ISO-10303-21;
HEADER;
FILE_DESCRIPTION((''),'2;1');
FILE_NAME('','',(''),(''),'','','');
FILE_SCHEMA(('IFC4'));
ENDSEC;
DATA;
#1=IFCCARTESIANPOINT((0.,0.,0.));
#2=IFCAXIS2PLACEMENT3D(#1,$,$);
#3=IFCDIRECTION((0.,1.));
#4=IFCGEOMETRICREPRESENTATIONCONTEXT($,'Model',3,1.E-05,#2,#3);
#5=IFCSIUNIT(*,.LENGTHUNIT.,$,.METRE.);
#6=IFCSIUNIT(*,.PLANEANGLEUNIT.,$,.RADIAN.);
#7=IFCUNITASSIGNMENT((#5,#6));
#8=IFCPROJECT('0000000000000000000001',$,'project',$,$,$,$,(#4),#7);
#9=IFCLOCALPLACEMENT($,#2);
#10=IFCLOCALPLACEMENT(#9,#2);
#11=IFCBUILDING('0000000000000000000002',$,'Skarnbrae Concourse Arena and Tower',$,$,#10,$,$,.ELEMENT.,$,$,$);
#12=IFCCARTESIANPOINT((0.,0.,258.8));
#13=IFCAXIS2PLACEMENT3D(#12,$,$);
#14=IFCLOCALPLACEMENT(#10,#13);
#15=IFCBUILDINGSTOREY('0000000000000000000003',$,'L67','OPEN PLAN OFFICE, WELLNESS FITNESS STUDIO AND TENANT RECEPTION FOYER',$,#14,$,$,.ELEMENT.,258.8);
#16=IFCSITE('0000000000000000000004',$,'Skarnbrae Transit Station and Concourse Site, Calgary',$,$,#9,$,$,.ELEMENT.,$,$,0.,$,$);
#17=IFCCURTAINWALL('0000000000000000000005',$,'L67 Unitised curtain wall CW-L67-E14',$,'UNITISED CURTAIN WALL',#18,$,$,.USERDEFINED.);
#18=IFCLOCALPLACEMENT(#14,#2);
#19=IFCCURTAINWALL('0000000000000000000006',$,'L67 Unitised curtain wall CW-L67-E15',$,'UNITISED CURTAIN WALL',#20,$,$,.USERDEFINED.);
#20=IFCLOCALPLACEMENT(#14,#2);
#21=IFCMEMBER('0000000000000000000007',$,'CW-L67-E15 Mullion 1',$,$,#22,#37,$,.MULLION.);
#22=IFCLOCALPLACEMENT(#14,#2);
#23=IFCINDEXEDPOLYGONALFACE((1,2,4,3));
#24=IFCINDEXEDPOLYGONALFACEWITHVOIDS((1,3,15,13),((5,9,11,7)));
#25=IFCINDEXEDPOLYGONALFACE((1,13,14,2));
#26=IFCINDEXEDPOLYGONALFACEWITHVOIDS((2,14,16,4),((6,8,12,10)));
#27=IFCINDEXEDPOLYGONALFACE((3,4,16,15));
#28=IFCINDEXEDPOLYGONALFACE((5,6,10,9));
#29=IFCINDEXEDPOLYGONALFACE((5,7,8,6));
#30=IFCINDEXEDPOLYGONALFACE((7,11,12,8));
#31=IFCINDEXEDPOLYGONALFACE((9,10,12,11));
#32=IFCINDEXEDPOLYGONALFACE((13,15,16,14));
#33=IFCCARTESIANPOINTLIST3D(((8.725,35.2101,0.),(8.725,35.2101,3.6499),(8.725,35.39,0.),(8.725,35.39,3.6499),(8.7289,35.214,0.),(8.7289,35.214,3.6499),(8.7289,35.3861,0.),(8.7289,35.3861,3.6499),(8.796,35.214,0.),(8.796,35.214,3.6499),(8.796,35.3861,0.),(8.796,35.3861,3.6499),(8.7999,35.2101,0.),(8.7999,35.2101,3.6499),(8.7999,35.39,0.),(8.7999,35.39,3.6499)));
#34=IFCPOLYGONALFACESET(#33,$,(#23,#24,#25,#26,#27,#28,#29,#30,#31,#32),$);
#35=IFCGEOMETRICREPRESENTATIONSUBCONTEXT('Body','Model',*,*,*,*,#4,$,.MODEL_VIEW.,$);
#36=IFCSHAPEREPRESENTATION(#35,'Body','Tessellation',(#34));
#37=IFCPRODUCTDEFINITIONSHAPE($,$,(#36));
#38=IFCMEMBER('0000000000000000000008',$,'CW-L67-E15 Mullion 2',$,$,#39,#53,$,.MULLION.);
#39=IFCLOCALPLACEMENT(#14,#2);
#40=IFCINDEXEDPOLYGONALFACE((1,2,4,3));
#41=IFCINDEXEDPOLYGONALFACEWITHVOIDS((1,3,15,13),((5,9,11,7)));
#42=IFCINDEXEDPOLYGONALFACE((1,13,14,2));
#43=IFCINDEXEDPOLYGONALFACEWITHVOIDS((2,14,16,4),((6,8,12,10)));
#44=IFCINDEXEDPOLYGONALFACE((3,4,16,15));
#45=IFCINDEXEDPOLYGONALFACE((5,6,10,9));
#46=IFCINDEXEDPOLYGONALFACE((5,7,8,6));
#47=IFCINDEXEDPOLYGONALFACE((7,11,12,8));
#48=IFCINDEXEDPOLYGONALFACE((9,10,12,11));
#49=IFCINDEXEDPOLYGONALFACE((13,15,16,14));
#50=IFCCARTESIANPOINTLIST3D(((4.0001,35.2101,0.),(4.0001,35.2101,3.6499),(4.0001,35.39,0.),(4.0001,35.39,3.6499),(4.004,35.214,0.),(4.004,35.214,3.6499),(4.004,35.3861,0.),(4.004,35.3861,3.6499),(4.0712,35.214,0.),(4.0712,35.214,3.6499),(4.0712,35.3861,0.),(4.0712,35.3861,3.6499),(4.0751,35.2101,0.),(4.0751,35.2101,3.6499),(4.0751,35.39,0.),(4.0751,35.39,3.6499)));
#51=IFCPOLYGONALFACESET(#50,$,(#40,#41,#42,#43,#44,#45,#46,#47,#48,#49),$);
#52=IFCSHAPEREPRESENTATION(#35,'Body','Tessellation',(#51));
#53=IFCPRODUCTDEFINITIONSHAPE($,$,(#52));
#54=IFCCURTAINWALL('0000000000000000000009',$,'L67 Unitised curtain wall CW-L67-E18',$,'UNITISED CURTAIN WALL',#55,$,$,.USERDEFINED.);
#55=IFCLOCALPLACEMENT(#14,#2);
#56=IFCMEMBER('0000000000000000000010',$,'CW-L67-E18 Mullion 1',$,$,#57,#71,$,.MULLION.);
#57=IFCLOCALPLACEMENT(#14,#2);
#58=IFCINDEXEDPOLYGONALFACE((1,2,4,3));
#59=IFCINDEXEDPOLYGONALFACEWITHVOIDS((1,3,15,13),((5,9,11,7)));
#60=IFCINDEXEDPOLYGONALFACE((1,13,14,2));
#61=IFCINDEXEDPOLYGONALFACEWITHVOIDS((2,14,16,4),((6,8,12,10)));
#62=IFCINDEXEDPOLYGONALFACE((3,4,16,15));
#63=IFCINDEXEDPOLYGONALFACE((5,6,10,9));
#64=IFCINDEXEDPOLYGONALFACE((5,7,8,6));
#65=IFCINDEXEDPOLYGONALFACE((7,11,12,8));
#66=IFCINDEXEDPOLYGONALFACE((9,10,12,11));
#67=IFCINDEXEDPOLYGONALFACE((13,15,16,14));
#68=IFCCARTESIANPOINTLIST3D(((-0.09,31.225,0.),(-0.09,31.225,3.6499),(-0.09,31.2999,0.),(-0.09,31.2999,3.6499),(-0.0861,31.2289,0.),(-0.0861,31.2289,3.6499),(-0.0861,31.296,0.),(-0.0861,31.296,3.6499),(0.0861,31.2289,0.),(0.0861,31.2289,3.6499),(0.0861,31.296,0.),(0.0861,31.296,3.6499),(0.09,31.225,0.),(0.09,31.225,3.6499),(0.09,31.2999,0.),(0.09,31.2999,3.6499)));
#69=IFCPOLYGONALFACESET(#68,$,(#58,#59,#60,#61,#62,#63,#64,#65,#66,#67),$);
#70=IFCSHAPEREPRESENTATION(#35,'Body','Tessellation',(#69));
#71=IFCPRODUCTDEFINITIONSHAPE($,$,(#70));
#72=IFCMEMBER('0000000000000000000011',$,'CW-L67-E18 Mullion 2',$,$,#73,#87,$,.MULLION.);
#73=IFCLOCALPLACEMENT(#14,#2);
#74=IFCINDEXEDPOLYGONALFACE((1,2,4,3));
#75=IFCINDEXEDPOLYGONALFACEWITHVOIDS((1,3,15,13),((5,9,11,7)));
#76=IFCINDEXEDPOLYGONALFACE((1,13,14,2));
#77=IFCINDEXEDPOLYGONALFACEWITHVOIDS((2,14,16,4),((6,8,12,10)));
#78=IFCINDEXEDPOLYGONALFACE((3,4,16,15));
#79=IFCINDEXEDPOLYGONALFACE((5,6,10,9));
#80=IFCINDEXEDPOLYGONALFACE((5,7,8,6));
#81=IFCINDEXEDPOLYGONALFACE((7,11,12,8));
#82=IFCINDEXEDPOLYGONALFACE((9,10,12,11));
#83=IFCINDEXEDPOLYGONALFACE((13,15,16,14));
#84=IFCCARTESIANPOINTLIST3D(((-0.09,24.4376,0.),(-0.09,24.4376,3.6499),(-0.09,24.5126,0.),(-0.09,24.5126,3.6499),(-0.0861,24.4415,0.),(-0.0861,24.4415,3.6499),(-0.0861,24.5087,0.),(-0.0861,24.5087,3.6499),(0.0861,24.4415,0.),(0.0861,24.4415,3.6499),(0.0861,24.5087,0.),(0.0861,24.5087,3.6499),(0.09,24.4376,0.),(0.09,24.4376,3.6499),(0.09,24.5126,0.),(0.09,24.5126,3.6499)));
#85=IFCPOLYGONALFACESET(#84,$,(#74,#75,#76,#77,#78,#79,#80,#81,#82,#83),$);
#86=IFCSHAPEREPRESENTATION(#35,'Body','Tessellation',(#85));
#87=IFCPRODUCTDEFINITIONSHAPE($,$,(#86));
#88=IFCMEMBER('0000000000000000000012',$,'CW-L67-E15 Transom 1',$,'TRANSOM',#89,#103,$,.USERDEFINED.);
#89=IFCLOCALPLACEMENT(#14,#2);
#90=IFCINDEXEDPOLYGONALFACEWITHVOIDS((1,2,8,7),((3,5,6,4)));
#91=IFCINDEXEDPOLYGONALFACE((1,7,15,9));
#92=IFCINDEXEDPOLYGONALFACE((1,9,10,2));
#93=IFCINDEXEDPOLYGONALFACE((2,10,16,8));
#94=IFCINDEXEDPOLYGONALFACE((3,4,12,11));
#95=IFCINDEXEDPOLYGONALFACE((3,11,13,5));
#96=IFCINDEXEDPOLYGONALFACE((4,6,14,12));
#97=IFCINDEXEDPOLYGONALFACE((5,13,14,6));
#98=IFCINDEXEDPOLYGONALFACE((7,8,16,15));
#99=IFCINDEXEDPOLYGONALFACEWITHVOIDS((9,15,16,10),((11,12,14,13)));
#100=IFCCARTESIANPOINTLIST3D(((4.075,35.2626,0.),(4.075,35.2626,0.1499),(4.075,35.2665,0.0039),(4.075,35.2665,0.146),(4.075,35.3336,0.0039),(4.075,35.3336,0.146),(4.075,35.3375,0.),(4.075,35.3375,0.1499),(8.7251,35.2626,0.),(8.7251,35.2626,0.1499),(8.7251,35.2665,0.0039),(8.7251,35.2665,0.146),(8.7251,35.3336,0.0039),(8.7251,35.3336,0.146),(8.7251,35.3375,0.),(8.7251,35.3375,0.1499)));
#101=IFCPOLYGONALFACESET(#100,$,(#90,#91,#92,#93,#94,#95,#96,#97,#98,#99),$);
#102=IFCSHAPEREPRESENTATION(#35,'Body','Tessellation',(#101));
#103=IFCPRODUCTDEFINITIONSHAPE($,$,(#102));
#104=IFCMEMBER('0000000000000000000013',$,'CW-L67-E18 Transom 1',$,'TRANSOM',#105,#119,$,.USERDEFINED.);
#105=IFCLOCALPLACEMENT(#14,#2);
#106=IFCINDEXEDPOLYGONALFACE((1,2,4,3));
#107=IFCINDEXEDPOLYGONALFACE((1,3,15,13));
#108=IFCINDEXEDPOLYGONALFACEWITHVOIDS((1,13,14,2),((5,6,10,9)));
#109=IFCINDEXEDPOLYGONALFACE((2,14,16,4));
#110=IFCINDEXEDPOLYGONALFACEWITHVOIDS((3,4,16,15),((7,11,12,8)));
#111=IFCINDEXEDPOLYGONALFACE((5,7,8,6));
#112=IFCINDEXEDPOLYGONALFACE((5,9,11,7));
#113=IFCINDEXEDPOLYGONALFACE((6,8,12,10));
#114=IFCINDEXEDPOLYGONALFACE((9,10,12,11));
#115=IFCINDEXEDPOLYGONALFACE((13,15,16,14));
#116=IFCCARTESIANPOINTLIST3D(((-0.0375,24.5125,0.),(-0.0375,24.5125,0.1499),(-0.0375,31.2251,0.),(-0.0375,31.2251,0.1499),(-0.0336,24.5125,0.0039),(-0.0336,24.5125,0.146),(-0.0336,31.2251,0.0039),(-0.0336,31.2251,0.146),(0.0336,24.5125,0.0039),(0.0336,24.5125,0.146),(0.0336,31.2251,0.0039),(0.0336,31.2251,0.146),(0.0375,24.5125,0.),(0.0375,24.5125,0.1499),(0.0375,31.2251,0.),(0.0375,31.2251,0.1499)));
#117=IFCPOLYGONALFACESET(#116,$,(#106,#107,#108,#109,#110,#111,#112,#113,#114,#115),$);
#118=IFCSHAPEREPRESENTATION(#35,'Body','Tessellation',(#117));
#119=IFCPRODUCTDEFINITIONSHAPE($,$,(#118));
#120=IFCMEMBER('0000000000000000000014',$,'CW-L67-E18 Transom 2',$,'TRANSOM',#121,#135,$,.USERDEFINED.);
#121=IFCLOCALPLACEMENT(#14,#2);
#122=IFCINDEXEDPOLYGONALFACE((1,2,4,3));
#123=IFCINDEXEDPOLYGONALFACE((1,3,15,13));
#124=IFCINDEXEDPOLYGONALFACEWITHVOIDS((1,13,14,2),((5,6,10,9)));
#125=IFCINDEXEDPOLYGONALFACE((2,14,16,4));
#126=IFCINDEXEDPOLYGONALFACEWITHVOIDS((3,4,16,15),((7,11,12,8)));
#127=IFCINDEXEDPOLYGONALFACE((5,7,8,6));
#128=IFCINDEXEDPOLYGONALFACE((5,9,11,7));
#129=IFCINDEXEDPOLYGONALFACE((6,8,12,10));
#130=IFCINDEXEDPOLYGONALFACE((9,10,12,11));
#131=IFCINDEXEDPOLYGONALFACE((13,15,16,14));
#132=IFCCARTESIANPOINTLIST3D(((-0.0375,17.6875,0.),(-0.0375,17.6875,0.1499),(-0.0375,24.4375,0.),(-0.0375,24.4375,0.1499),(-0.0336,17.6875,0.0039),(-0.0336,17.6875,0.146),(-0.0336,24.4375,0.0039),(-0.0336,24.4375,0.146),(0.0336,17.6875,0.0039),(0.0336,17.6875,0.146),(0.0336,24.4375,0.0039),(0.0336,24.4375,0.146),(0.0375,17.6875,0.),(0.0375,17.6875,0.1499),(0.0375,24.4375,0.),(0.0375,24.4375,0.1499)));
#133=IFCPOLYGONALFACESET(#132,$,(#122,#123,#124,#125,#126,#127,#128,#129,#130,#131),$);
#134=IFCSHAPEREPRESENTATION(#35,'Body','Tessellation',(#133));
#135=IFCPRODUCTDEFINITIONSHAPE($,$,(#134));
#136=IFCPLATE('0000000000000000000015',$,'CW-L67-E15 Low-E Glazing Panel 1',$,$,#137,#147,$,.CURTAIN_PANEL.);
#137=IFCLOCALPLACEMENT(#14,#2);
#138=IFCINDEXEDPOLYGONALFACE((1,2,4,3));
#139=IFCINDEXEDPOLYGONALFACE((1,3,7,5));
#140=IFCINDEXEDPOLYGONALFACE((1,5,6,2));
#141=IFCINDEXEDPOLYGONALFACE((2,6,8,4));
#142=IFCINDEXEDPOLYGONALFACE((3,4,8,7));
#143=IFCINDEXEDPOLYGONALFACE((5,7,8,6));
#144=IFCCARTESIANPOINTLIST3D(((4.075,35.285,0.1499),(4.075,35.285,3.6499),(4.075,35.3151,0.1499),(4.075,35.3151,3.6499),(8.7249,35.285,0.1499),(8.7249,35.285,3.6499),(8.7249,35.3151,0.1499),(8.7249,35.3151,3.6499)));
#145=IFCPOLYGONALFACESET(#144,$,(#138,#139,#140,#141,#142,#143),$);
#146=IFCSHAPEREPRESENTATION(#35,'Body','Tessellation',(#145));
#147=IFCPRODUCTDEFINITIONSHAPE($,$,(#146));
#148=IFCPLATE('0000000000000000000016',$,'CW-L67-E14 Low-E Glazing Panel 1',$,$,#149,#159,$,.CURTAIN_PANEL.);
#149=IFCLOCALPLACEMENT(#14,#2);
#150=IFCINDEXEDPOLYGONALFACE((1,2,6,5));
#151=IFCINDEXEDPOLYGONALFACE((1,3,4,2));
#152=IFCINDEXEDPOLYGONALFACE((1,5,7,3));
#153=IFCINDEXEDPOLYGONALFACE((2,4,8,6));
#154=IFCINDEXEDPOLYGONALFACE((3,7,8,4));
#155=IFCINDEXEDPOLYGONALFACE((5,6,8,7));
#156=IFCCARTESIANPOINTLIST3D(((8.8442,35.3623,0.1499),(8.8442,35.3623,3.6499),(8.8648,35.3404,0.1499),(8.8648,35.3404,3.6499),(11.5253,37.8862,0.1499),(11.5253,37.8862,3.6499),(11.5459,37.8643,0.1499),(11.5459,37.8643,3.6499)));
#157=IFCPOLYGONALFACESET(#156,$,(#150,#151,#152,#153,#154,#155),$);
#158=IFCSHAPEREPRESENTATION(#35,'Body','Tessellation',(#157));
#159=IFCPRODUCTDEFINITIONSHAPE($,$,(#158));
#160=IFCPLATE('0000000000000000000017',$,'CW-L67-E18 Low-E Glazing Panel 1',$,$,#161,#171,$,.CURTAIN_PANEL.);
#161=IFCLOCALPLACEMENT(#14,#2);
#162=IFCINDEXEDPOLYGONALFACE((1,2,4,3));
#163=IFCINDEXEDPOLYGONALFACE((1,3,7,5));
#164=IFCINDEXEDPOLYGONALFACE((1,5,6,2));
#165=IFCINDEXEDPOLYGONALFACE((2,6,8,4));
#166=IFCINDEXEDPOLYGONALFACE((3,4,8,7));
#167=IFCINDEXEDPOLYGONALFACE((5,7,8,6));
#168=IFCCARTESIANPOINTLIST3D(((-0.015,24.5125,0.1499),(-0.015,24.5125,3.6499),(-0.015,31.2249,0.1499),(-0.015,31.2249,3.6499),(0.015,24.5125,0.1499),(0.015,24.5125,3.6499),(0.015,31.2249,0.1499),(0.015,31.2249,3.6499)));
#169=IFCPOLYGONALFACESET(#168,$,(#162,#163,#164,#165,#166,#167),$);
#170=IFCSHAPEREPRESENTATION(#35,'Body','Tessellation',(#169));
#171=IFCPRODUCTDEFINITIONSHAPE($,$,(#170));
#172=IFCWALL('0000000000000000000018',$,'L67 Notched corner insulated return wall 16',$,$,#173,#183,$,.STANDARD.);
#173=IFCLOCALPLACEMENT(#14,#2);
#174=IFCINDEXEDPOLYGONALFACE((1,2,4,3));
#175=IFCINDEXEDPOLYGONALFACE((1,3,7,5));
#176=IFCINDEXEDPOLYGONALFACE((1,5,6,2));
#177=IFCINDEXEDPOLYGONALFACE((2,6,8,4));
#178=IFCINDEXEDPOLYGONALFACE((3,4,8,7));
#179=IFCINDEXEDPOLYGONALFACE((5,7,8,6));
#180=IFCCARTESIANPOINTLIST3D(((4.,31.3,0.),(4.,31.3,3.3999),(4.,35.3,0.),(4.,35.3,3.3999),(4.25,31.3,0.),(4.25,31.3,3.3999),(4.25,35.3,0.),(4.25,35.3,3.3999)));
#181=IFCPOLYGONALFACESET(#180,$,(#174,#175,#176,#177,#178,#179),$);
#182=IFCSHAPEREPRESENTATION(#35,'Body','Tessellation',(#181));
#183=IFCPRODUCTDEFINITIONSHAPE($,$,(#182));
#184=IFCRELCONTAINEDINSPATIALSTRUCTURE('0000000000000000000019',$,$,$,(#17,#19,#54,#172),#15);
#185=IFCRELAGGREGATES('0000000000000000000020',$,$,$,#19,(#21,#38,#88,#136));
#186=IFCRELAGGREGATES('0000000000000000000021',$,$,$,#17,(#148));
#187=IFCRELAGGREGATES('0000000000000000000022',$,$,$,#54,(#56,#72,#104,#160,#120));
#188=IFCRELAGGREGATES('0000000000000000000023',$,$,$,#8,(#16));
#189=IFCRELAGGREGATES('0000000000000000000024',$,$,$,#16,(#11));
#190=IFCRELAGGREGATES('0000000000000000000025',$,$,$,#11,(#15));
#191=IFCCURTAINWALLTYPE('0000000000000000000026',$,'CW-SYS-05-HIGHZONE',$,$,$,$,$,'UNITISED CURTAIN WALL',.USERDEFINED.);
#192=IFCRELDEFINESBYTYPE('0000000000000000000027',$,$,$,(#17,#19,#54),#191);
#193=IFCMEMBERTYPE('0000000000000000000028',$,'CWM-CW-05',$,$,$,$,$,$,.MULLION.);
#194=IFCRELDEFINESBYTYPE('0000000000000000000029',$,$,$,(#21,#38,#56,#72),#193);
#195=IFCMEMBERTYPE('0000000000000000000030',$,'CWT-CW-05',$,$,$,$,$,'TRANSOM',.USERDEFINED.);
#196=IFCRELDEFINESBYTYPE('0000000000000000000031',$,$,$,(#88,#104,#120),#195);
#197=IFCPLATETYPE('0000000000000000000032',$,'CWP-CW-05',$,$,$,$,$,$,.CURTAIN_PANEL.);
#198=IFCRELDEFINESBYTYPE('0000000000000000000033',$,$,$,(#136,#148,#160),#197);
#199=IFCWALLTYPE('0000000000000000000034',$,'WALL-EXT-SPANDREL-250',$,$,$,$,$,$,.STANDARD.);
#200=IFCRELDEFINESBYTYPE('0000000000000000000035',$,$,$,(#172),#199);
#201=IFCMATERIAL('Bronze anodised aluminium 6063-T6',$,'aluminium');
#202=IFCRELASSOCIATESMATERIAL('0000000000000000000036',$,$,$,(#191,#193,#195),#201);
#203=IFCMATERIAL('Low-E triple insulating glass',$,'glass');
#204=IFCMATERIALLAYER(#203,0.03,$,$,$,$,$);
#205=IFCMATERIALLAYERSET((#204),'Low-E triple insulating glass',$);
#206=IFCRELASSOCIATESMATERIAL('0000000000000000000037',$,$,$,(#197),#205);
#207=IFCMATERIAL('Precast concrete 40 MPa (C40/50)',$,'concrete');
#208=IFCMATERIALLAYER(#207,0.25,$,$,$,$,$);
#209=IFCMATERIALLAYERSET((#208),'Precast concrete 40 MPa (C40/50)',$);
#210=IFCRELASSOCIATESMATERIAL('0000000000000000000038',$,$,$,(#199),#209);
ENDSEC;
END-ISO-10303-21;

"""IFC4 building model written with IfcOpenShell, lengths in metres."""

from ifc_helpers import new_model, si_unit, direction, frame, frame_2d, origin, origin_2d, place, context, subcontext, project, spatial, rectangle, hollow_rectangle, extrude, source, transform, mapped, material, layer, layer_set, material_profile, profile_set, type_object, element, aggregate, save


model = new_model("IFC4")

# Units and contexts
model_context = context("Model", 3, precision=1e-05, world=origin(), true_north=direction((0.0, 1.0)))
body_context = subcontext(model_context, "Body", "Model", "MODEL_VIEW")
ifc_project = project(units=[si_unit("LENGTHUNIT", "METRE"), si_unit("PLANEANGLEUNIT", "RADIAN")], contexts=[model_context])

# Site, building, storey
site_placement = place(None, origin())
site = spatial("IfcSite", under=ifc_project, at=site_placement, Name="Skarnbrae Transit Station and Concourse Site, Calgary", CompositionType="ELEMENT", RefElevation=0.0)
building_placement = place(site_placement, origin())
building = spatial("IfcBuilding", under=site, at=building_placement, Name="Skarnbrae Concourse Arena and Tower", CompositionType="ELEMENT")
storey_placement = place(building_placement, frame((0.0, 0.0, 258.8)))
storey = spatial("IfcBuildingStorey", under=building, at=storey_placement, Name="L67", Description="OPEN PLAN OFFICE, WELLNESS FITNESS STUDIO AND TENANT RECEPTION FOYER", CompositionType="ELEMENT", Elevation=258.8)

# Curtain wall
ifc_material_1 = material(Name="Bronze anodised aluminium 6063-T6", Category="aluminium")
curtain_wall_type = type_object("IfcCurtainWallType", Name="CW-SYS-05-HIGHZONE", ElementType="UNITISED CURTAIN WALL", PredefinedType="USERDEFINED", material=ifc_material_1)
curtain_wall_1_placement = place(storey_placement, origin())
curtain_wall_1 = element("IfcCurtainWall", 1, at=curtain_wall_1_placement, inside=storey, type_object=curtain_wall_type, Name="L67 Unitised curtain wall CW-L67-E14", ObjectType="UNITISED CURTAIN WALL", PredefinedType="USERDEFINED")
ifc_material_profile_1 = material_profile(ifc_material_1, hollow_rectangle(XDim=0.075, YDim=0.1799, WallThickness=0.0039, at=origin_2d()), Name="ALU-MULL-75X180")
ifc_profile_set_1 = profile_set([ifc_material_profile_1], Name="Bronze anodised aluminium 6063-T6")
member_type_1 = type_object("IfcMemberType", Name="CWM-CW-05", PredefinedType="MULLION", material=ifc_profile_set_1)
shared_shape_1 = source(origin(), body_context, "Body", "SweptSolid", [
    extrude(hollow_rectangle(XDim=0.075, YDim=0.1799, WallThickness=0.0039, at=origin_2d()), origin(), (0.0, 0.0, 1.0), 3.6499),
])

# Curtain walls, members
curtain_wall_2_placement = place(storey_placement, origin())
curtain_wall_2 = element("IfcCurtainWall", 2, at=curtain_wall_2_placement, inside=storey, type_object=curtain_wall_type, Name="L67 Unitised curtain wall CW-L67-E15", ObjectType="UNITISED CURTAIN WALL", PredefinedType="USERDEFINED")
member_1_placement = place(storey_placement, frame((8.7625, 35.3, 0.0), z_axis=(0.0, 0.0, 1.0), x_axis=(-1.0, 0.0, 0.0)))
member_1 = element("IfcMember", 3, at=member_1_placement, type_object=member_type_1, Name="CW-L67-E15 Mullion 1", PredefinedType="MULLION", context=body_context, shape_type="MappedRepresentation", body=[
    mapped(shared_shape_1, transform((0.0, 0.0, 0.0))),
])
member_2_placement = place(storey_placement, frame((4.0376, 35.3, 0.0), z_axis=(0.0, 0.0, 1.0), x_axis=(-1.0, 0.0, 0.0)))
member_2 = element("IfcMember", 4, at=member_2_placement, type_object=member_type_1, Name="CW-L67-E15 Mullion 2", PredefinedType="MULLION", context=body_context, shape_type="MappedRepresentation", body=[
    mapped(shared_shape_1, transform((0.0, 0.0, 0.0))),
])
curtain_wall_3_placement = place(storey_placement, origin())
curtain_wall_3 = element("IfcCurtainWall", 5, at=curtain_wall_3_placement, inside=storey, type_object=curtain_wall_type, Name="L67 Unitised curtain wall CW-L67-E18", ObjectType="UNITISED CURTAIN WALL", PredefinedType="USERDEFINED")
member_3_placement = place(storey_placement, frame((0.0, 31.2625, 0.0), z_axis=(0.0, 0.0, 1.0), x_axis=(0.0, -1.0, 0.0)))
member_3 = element("IfcMember", 6, at=member_3_placement, type_object=member_type_1, Name="CW-L67-E18 Mullion 1", PredefinedType="MULLION", context=body_context, shape_type="MappedRepresentation", body=[
    mapped(shared_shape_1, transform((0.0, 0.0, 0.0))),
])
member_4_placement = place(storey_placement, frame((0.0, 24.4751, 0.0), z_axis=(0.0, 0.0, 1.0), x_axis=(0.0, -1.0, 0.0)))
member_4 = element("IfcMember", 7, at=member_4_placement, type_object=member_type_1, Name="CW-L67-E18 Mullion 2", PredefinedType="MULLION", context=body_context, shape_type="MappedRepresentation", body=[
    mapped(shared_shape_1, transform((0.0, 0.0, 0.0))),
])

# Members
ifc_material_profile_2 = material_profile(ifc_material_1, hollow_rectangle(XDim=0.075, YDim=0.1499, WallThickness=0.0039, at=origin_2d()), Name="ALU-TRAN-75X150")
ifc_profile_set_2 = profile_set([ifc_material_profile_2], Name="Bronze anodised aluminium 6063-T6")
member_type_2 = type_object("IfcMemberType", Name="CWT-CW-05", ElementType="TRANSOM", PredefinedType="USERDEFINED", material=ifc_profile_set_2)
shared_shape_2 = source(origin(), body_context, "Body", "SweptSolid", [
    extrude(hollow_rectangle(XDim=0.075, YDim=0.1499, WallThickness=0.0039, at=origin_2d()), origin(), (0.0, 0.0, 1.0), 4.6501),
])
member_5_placement = place(storey_placement, frame((8.7251, 35.3, 0.075), z_axis=(-1.0, 0.0, 0.0), x_axis=(0.0, -1.0, 0.0)))
member_5 = element("IfcMember", 8, at=member_5_placement, type_object=member_type_2, Name="CW-L67-E15 Transom 1", ObjectType="TRANSOM", PredefinedType="USERDEFINED", context=body_context, shape_type="MappedRepresentation", body=[
    mapped(shared_shape_2, transform((0.0, 0.0, 0.0))),
])
shared_shape_3 = source(origin(), body_context, "Body", "SweptSolid", [
    extrude(hollow_rectangle(XDim=0.075, YDim=0.1499, WallThickness=0.0039, at=origin_2d()), origin(), (0.0, 0.0, 1.0), 6.7126),
])
member_6_placement = place(storey_placement, frame((0.0, 31.2251, 0.075), z_axis=(0.0, -1.0, 0.0), x_axis=(1.0, 0.0, 0.0)))
member_6 = element("IfcMember", 9, at=member_6_placement, type_object=member_type_2, Name="CW-L67-E18 Transom 1", ObjectType="TRANSOM", PredefinedType="USERDEFINED", context=body_context, shape_type="MappedRepresentation", body=[
    mapped(shared_shape_3, transform((0.0, 0.0, 0.0))),
])
shared_shape_4 = source(origin(), body_context, "Body", "SweptSolid", [
    extrude(hollow_rectangle(XDim=0.075, YDim=0.1499, WallThickness=0.0039, at=origin_2d()), origin(), (0.0, 0.0, 1.0), 6.75),
])
member_7_placement = place(storey_placement, frame((0.0, 24.4375, 0.075), z_axis=(0.0, -1.0, 0.0), x_axis=(1.0, 0.0, 0.0)))
member_7 = element("IfcMember", 10, at=member_7_placement, type_object=member_type_2, Name="CW-L67-E18 Transom 2", ObjectType="TRANSOM", PredefinedType="USERDEFINED", context=body_context, shape_type="MappedRepresentation", body=[
    mapped(shared_shape_4, transform((0.0, 0.0, 0.0))),
])

# Plates
ifc_material_2 = material(Name="Low-E triple insulating glass", Category="glass")
ifc_layer_1 = layer(ifc_material_2, 0.03)
ifc_layer_set_1 = layer_set([ifc_layer_1], Name="Low-E triple insulating glass")
plate_type = type_object("IfcPlateType", Name="CWP-CW-05", PredefinedType="CURTAIN_PANEL", material=ifc_layer_set_1)
shared_shape_5 = source(origin(), body_context, "Body", "SweptSolid", [
    extrude(rectangle(XDim=4.6499, YDim=0.03, at=origin_2d()), origin(), (0.0, 0.0, 1.0), 3.5),
])
plate_1_placement = place(storey_placement, frame((6.3999, 35.3, 0.1499), z_axis=(0.0, 0.0, 1.0), x_axis=(-1.0, 0.0, 0.0)))
plate_1 = element("IfcPlate", 11, at=plate_1_placement, type_object=plate_type, Name="CW-L67-E15 Low-E Glazing Panel 1", PredefinedType="CURTAIN_PANEL", context=body_context, shape_type="MappedRepresentation", body=[
    mapped(shared_shape_5, transform((0.0, 0.0, 0.0))),
])
aggregate(curtain_wall_2, [member_1, member_2, member_5, plate_1])
shared_shape_6 = source(origin(), body_context, "Body", "SweptSolid", [
    extrude(rectangle(XDim=3.6821, YDim=0.03, at=origin_2d()), origin(), (0.0, 0.0, 1.0), 3.5),
])
plate_2_placement = place(storey_placement, frame((10.1951, 36.6133, 0.1499), z_axis=(0.0, 0.0, 1.0), x_axis=(-0.728131, -0.685438, 0.0)))
plate_2 = element("IfcPlate", 12, at=plate_2_placement, type_object=plate_type, Name="CW-L67-E14 Low-E Glazing Panel 1", PredefinedType="CURTAIN_PANEL", context=body_context, shape_type="MappedRepresentation", body=[
    mapped(shared_shape_6, transform((0.0, 0.0, 0.0))),
])
aggregate(curtain_wall_1, [plate_2])
shared_shape_7 = source(origin(), body_context, "Body", "SweptSolid", [
    extrude(rectangle(XDim=6.7124, YDim=0.03, at=origin_2d()), origin(), (0.0, 0.0, 1.0), 3.5),
])
plate_3_placement = place(storey_placement, frame((0.0, 27.8687, 0.1499), z_axis=(0.0, 0.0, 1.0), x_axis=(0.0, -1.0, 0.0)))
plate_3 = element("IfcPlate", 13, at=plate_3_placement, type_object=plate_type, Name="CW-L67-E18 Low-E Glazing Panel 1", PredefinedType="CURTAIN_PANEL", context=body_context, shape_type="MappedRepresentation", body=[
    mapped(shared_shape_7, transform((0.0, 0.0, 0.0))),
])
aggregate(curtain_wall_3, [member_3, member_4, member_6, plate_3, member_7])

# Wall
ifc_material_3 = material(Name="Precast concrete 40 MPa (C40/50)", Category="concrete")
ifc_layer_2 = layer(ifc_material_3, 0.25)
ifc_layer_set_2 = layer_set([ifc_layer_2], Name="Precast concrete 40 MPa (C40/50)")
wall_type_1 = type_object("IfcWallType", Name="WALL-EXT-SPANDREL-250", PredefinedType="STANDARD", material=ifc_layer_set_2)
shared_shape_8 = source(origin(), body_context, "Body", "SweptSolid", [
    extrude(rectangle(XDim=4.0, YDim=0.25, at=frame_2d((2.0, 0.0))), origin(), (0.0, 0.0, 1.0), 3.3999),
])
for number, where, z_axis, x_axis, name in (
    (14, (4.125, 35.3, 0.0), (0.0, 0.0, 1.0), (0.0, -1.0, 0.0), "L67 Notched corner insulated return wall 16"),
):
    element("IfcWall", number, at=place(storey_placement, frame(where, z_axis=z_axis, x_axis=x_axis)), inside=storey, type_object=wall_type_1, Name=name, PredefinedType="STANDARD", context=body_context, shape_type="MappedRepresentation", body=[
        mapped(shared_shape_8, transform((0.0, 0.0, 0.0))),
    ])

save(model, "model.ifc")
